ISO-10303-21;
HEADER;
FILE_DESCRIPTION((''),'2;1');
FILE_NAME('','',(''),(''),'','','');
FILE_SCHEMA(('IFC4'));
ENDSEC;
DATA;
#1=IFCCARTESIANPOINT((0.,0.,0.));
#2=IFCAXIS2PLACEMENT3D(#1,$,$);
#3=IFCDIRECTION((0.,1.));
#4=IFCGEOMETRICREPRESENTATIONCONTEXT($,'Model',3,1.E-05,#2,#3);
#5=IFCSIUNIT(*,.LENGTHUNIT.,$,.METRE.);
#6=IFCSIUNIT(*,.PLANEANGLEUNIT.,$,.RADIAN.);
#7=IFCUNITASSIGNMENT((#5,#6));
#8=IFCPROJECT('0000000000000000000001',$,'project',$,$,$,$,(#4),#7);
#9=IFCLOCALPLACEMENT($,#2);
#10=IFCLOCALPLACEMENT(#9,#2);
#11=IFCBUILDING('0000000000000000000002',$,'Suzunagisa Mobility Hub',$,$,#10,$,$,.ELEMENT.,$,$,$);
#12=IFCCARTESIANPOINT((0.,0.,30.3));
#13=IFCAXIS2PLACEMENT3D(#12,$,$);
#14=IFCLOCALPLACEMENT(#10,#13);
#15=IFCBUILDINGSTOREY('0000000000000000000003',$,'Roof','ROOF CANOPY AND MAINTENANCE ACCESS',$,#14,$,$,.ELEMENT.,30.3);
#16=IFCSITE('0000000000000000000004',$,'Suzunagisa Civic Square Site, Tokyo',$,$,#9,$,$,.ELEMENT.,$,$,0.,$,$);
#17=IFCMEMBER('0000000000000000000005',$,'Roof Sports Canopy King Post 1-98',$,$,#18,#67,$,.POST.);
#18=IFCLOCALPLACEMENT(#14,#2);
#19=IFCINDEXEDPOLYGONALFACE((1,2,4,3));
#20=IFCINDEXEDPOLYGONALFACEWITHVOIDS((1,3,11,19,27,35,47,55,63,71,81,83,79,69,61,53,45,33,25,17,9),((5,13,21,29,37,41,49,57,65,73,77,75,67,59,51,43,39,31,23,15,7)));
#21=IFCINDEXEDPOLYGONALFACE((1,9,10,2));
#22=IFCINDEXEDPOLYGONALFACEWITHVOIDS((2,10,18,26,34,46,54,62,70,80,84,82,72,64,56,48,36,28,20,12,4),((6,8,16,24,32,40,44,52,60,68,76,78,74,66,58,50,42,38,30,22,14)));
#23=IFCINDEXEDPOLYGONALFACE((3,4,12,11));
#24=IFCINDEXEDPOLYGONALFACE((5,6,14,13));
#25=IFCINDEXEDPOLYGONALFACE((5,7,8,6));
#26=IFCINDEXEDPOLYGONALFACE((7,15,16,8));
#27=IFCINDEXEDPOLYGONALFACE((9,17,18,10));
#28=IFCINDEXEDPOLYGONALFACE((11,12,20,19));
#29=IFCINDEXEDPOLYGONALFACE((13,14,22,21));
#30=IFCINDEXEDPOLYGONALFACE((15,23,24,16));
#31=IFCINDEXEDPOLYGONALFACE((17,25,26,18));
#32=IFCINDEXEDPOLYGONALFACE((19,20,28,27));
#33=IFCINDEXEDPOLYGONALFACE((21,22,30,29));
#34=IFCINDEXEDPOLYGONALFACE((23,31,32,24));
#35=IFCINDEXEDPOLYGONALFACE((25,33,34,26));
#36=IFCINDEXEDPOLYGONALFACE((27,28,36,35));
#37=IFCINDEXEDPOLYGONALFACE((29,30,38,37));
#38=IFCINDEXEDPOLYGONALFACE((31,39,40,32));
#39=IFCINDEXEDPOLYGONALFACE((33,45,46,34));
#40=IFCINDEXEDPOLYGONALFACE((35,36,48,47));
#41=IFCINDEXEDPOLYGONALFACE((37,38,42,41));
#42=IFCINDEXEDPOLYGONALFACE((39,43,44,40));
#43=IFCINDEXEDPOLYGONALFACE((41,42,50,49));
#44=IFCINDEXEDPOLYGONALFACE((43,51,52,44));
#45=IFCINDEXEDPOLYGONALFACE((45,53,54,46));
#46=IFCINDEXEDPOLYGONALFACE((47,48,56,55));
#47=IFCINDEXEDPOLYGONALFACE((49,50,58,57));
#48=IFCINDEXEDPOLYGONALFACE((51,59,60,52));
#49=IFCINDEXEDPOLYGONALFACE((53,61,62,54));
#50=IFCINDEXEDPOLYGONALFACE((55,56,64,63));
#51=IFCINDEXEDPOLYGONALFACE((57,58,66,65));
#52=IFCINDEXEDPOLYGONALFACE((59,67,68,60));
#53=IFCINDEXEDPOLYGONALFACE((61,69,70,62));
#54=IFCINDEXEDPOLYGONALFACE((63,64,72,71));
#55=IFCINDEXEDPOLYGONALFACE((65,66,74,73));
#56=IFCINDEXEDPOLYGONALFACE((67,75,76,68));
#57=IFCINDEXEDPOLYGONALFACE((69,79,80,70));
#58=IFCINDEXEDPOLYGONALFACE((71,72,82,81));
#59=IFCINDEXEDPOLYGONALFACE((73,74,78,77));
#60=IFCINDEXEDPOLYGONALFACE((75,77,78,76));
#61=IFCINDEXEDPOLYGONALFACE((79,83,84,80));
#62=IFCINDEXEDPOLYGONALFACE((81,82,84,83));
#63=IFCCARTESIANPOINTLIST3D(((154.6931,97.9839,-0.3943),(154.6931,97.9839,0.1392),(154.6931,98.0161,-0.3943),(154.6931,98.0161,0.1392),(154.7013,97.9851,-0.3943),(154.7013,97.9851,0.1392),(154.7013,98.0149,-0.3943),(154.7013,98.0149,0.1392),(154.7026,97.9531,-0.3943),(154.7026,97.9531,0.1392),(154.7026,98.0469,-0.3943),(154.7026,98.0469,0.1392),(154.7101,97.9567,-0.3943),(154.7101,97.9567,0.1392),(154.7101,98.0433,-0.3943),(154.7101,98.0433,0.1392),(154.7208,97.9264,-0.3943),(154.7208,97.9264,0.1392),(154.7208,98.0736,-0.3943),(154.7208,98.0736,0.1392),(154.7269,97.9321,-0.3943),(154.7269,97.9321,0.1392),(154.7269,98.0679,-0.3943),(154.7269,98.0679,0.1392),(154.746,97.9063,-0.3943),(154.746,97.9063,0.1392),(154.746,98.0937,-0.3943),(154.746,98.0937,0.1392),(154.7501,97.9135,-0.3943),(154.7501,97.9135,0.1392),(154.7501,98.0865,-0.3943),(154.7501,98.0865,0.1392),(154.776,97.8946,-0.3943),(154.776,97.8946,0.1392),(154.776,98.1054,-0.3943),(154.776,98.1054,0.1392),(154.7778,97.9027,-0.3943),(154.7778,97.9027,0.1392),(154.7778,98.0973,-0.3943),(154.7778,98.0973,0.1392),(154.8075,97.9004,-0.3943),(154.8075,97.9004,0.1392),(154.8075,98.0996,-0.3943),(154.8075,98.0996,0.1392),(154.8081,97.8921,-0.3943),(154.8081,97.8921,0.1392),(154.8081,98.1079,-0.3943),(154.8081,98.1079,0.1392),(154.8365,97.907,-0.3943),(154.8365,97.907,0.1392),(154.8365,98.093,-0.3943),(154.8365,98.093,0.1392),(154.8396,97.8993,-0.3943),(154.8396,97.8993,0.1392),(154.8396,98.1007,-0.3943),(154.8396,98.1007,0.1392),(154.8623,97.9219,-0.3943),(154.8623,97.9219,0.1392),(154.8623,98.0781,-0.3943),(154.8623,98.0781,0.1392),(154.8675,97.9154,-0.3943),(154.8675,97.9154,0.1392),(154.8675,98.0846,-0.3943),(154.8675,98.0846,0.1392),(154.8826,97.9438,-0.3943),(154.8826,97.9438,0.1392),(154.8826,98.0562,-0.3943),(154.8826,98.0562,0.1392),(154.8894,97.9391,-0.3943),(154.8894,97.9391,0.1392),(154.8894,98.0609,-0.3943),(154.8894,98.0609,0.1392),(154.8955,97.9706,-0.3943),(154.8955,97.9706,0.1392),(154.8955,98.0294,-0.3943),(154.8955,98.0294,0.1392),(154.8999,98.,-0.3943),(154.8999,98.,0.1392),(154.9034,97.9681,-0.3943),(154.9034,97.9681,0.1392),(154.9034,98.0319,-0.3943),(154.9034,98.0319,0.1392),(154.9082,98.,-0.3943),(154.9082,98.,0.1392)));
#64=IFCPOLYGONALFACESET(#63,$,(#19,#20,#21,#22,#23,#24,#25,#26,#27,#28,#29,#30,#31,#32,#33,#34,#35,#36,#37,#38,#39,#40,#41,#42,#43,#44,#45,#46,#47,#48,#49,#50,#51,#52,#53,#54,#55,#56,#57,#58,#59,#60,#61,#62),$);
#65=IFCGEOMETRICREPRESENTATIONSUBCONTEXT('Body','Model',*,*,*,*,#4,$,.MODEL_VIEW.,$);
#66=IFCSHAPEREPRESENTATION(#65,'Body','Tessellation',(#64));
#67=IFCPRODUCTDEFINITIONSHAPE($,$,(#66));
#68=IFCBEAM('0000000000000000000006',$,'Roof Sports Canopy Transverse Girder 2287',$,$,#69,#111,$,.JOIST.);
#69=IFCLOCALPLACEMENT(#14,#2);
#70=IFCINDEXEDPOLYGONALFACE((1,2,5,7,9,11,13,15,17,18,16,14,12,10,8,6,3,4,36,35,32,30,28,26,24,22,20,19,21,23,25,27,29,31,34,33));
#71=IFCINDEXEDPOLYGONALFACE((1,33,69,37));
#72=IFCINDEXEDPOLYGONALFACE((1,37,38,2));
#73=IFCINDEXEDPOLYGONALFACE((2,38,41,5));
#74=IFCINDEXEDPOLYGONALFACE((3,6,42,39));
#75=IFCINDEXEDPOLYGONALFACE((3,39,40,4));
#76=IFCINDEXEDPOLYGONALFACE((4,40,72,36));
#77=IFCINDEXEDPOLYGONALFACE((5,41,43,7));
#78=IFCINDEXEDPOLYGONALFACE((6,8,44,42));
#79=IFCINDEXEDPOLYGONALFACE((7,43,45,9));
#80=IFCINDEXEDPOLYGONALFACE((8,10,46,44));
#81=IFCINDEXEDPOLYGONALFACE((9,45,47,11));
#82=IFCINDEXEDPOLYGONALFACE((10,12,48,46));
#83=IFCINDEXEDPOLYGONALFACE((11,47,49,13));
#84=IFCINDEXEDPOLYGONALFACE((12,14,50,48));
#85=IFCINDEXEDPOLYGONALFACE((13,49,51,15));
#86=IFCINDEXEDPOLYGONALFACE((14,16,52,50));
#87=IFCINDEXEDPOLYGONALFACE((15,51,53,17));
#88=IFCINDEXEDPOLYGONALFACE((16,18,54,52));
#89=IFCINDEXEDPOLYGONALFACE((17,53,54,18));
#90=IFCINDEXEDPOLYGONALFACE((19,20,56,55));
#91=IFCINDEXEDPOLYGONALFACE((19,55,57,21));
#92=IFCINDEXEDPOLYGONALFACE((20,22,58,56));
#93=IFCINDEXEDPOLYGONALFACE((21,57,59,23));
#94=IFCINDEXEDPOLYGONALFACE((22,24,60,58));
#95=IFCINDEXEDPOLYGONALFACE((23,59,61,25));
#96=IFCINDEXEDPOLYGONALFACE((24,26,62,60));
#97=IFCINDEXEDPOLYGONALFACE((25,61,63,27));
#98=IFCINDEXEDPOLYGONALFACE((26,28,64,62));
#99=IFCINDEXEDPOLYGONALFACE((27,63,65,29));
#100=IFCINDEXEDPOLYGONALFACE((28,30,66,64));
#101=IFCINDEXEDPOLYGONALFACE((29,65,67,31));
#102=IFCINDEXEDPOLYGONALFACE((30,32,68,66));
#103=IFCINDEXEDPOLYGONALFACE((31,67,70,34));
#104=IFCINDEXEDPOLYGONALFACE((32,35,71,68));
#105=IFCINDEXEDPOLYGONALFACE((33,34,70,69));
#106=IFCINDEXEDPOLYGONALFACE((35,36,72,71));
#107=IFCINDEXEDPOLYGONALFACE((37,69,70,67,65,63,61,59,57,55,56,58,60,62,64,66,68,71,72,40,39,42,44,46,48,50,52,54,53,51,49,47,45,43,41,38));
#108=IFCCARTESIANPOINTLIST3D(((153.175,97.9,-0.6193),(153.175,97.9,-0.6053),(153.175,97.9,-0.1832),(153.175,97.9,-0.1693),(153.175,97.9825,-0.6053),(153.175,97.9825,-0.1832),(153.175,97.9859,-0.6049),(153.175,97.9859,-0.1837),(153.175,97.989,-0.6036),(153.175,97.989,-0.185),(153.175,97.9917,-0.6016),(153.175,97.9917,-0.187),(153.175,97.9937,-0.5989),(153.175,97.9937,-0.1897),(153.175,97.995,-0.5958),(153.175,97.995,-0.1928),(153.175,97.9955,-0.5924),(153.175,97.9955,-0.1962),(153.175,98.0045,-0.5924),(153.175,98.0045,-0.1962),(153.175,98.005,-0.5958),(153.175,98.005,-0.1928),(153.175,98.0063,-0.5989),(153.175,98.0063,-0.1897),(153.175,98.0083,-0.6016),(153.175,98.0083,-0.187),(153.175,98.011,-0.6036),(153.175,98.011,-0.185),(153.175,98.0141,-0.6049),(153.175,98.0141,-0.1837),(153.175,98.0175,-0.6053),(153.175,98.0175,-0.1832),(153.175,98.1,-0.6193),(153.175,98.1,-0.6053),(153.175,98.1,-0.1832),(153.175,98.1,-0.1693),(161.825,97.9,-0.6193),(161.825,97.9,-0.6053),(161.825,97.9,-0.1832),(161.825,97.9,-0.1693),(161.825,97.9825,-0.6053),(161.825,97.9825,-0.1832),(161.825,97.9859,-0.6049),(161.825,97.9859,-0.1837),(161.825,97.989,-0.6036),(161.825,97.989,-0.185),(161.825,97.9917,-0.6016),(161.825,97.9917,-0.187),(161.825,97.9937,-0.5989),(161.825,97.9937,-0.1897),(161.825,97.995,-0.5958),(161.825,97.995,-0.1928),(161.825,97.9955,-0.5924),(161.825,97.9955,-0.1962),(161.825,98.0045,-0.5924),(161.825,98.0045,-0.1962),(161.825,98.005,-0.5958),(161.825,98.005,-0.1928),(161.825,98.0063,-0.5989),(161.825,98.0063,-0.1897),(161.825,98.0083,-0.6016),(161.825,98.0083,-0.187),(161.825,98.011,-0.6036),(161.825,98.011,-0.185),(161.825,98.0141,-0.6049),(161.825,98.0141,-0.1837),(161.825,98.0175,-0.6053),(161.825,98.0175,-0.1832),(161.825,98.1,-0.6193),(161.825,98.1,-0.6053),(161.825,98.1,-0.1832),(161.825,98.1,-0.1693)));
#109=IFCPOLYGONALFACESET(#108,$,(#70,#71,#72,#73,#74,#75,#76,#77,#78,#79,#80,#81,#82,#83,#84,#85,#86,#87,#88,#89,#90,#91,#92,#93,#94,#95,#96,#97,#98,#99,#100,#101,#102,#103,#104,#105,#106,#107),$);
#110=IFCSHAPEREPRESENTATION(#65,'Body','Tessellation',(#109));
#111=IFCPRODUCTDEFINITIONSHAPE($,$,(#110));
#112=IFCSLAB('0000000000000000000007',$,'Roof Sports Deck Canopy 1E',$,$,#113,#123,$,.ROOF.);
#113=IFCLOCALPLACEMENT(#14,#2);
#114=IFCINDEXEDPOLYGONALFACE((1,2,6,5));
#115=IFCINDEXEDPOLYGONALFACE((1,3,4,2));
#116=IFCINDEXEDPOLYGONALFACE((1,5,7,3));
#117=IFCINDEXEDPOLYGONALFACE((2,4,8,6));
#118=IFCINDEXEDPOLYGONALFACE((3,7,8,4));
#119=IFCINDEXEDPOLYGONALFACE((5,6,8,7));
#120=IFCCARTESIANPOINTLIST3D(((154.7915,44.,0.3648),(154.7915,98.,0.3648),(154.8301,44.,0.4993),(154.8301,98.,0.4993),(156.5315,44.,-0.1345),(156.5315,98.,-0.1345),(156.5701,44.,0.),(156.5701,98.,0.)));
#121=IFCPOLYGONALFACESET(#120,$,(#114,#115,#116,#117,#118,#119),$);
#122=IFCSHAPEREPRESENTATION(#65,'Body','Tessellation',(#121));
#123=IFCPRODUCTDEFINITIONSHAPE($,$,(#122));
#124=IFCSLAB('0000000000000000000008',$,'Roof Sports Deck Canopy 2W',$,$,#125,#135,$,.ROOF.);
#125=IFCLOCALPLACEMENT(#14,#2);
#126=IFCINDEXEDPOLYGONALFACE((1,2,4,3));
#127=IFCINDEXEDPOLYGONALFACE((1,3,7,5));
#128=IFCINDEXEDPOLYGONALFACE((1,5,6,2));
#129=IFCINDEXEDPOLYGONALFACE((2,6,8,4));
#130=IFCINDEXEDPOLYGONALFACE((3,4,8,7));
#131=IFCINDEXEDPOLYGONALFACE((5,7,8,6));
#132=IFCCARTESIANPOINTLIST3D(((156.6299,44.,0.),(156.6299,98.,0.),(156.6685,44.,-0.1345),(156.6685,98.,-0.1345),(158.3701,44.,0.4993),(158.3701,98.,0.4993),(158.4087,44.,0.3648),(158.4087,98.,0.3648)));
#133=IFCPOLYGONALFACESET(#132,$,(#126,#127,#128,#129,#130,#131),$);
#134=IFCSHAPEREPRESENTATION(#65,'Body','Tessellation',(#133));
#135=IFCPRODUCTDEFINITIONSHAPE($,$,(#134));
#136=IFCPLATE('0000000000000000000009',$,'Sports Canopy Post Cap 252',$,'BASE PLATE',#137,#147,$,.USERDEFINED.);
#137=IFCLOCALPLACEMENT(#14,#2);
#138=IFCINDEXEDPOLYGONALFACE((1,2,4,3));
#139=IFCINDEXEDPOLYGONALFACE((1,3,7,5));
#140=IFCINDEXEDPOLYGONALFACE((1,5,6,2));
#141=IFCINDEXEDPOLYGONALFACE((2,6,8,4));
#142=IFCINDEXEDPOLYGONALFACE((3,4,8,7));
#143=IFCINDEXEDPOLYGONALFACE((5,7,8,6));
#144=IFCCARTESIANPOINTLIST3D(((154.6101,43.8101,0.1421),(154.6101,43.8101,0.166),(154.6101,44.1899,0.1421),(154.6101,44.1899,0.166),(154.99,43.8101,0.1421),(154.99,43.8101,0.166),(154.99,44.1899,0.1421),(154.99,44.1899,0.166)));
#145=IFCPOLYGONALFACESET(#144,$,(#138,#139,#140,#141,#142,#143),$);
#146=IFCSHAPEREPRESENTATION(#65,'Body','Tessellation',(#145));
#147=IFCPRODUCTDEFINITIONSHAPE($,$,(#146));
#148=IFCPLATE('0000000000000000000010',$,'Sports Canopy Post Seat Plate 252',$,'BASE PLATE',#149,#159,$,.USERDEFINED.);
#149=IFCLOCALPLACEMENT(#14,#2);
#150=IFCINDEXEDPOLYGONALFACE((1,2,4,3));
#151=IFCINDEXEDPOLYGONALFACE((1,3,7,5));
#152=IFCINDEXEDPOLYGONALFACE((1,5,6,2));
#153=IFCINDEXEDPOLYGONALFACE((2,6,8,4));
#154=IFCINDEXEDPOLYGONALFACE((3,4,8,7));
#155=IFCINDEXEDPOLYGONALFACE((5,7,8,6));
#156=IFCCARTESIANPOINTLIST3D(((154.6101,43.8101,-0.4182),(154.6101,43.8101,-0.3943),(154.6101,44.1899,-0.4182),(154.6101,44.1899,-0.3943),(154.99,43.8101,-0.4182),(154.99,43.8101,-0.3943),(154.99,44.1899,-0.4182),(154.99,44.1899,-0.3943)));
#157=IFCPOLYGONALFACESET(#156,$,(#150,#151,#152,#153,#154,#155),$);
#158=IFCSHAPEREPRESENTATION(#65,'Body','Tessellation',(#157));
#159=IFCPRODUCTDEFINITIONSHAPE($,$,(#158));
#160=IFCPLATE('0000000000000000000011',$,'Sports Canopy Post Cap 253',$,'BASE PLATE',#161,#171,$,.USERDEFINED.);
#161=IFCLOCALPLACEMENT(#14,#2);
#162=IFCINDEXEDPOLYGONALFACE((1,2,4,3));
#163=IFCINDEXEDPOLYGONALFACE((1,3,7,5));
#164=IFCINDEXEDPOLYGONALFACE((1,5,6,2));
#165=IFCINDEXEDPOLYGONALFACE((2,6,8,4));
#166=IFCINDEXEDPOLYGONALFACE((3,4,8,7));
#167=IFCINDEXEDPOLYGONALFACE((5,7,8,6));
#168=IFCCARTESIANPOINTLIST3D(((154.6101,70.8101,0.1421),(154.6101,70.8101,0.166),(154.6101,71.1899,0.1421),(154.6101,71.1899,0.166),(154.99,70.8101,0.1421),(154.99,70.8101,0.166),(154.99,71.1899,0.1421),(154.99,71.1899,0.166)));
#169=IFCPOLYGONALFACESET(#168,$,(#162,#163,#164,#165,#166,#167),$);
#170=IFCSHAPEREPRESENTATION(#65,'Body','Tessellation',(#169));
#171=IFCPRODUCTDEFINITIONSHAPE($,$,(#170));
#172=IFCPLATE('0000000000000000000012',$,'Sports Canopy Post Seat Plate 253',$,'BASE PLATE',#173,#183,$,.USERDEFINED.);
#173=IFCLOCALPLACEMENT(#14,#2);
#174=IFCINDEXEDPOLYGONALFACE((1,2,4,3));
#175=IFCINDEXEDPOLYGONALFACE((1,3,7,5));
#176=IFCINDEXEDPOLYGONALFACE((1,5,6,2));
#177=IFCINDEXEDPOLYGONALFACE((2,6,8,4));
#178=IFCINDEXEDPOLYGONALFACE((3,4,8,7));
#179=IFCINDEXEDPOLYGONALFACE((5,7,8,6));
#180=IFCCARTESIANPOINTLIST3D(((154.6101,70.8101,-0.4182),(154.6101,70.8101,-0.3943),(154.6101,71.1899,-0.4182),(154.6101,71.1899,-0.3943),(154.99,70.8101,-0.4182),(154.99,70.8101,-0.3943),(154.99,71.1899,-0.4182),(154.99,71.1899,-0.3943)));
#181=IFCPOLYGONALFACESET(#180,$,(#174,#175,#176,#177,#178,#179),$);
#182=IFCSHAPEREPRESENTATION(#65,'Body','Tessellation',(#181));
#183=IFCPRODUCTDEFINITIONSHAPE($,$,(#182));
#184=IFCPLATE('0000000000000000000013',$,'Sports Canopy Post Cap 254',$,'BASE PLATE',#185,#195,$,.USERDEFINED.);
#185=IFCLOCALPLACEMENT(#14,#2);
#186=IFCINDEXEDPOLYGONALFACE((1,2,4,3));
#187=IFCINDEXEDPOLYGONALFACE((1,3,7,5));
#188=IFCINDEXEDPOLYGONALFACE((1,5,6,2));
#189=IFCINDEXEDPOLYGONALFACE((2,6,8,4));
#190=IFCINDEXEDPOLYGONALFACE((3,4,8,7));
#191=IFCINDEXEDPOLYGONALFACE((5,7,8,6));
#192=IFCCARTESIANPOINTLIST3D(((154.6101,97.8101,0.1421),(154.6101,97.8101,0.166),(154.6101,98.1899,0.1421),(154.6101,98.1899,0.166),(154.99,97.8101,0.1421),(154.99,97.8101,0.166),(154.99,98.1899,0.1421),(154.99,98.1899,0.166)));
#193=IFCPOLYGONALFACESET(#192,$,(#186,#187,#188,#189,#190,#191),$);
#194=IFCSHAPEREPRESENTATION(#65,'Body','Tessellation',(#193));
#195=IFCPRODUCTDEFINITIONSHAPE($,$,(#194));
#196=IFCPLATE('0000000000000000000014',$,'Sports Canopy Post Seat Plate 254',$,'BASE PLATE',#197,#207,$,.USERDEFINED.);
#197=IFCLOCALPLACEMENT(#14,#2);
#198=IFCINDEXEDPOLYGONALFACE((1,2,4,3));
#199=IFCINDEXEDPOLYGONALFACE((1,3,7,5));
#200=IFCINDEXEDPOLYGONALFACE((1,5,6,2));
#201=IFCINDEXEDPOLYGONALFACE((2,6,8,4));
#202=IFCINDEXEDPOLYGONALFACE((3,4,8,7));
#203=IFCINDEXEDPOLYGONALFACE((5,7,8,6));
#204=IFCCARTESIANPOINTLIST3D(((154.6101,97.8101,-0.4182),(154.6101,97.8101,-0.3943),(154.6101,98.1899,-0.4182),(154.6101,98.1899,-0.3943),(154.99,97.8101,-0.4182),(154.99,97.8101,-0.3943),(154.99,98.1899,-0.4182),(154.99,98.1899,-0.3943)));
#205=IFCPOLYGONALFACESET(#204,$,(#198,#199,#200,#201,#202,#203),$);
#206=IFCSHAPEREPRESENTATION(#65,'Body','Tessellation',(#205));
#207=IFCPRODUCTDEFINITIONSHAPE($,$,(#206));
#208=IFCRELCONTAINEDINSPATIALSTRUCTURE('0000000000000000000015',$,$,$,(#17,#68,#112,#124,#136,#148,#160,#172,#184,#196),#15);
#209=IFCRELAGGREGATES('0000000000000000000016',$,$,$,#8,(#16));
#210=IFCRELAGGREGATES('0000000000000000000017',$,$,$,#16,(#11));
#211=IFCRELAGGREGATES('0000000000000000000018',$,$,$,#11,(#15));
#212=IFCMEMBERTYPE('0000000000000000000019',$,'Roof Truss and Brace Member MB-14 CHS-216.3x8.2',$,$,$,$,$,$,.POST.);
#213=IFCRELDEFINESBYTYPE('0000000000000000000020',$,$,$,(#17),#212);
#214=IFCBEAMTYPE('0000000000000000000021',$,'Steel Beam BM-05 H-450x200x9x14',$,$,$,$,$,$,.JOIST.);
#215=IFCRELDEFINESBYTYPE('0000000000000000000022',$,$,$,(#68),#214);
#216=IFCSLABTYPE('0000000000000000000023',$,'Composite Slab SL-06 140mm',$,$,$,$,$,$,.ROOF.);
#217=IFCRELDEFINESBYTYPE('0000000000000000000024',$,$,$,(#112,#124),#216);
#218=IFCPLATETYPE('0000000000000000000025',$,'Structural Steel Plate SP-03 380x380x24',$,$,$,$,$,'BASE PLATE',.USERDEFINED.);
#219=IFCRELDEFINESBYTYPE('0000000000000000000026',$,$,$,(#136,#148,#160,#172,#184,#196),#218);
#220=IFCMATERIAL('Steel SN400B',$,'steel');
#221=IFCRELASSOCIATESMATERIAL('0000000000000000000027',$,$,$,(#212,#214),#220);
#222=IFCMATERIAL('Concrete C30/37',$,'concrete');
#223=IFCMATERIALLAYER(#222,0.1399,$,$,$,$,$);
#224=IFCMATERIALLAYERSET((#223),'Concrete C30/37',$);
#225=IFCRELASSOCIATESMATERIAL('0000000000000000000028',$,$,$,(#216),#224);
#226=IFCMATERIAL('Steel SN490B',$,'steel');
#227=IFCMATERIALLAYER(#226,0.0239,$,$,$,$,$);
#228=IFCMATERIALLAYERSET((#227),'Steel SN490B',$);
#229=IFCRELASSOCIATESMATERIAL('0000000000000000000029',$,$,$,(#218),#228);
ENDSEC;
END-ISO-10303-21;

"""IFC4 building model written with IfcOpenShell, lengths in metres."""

from ifc_helpers import new_model, si_unit, direction, frame, origin, origin_2d, place, context, subcontext, project, spatial, polyline, rectangle, hollow_circle, i_section, outline, extrude, material, layer, layer_set, material_profile, profile_set, type_object, element, save


model = new_model("IFC4")

# Units and contexts
model_context = context("Model", 3, precision=1e-05, world=origin(), true_north=direction((0.0, 1.0)))
body_context = subcontext(model_context, "Body", "Model", "MODEL_VIEW")
ifc_project = project(units=[si_unit("LENGTHUNIT", "METRE"), si_unit("PLANEANGLEUNIT", "RADIAN")], contexts=[model_context])

# Site, building, storey
site_placement = place(None, origin())
site = spatial("IfcSite", under=ifc_project, at=site_placement, Name="Suzunagisa Civic Square Site, Tokyo", CompositionType="ELEMENT", RefElevation=0.0)
building_placement = place(site_placement, origin())
building = spatial("IfcBuilding", under=site, at=building_placement, Name="Suzunagisa Mobility Hub", CompositionType="ELEMENT")
storey_placement = place(building_placement, frame((0.0, 0.0, 30.3)))
storey = spatial("IfcBuildingStorey", under=building, at=storey_placement, Name="Roof", Description="ROOF CANOPY AND MAINTENANCE ACCESS", CompositionType="ELEMENT", Elevation=30.3)

# Member
ifc_material_1 = material(Name="Steel SN400B", Category="steel")
ifc_material_profile_1 = material_profile(ifc_material_1, hollow_circle(Radius=0.1082, WallThickness=0.0083, at=origin_2d()), Name="CHS-216.3x8.2")
ifc_profile_set_1 = profile_set([ifc_material_profile_1], Name="Steel SN400B")
member_type_1 = type_object("IfcMemberType", Name="Roof Truss and Brace Member MB-14 CHS-216.3x8.2", PredefinedType="POST", material=ifc_profile_set_1)
for number, where, z_axis, x_axis, name in (
    (1, (154.8, 98.0, -0.3943), (0.0, 0.0, 1.0), (1.0, 0.0, 0.0), "Roof Sports Canopy King Post 1-98"),
):
    element("IfcMember", number, at=place(storey_placement, frame(where, z_axis=z_axis, x_axis=x_axis)), inside=storey, type_object=member_type_1, Name=name, PredefinedType="POST", context=body_context, shape_type="SweptSolid", body=[
        extrude(hollow_circle(Radius=0.1082, WallThickness=0.0083, at=origin_2d()), origin(), (0.0, 0.0, 1.0), 0.5334),
    ])

# Beam
ifc_material_profile_2 = material_profile(ifc_material_1, i_section(OverallWidth=0.2, OverallDepth=0.45, WebThickness=0.009, FlangeThickness=0.0139, FilletRadius=0.0129, at=origin_2d()), Name="H-450x200x9x14")
ifc_profile_set_2 = profile_set([ifc_material_profile_2], Name="Steel SN400B")
beam_type = type_object("IfcBeamType", Name="Steel Beam BM-05 H-450x200x9x14", PredefinedType="JOIST", material=ifc_profile_set_2)
beam_placement = place(storey_placement, frame((153.175, 98.0, -0.3943), z_axis=(1.0, 0.0, 0.0), x_axis=(0.0, 1.0, 0.0)))
element("IfcBeam", 2, at=beam_placement, inside=storey, type_object=beam_type, Name="Roof Sports Canopy Transverse Girder 2287", PredefinedType="JOIST", context=body_context, shape_type="SweptSolid", body=[
    extrude(i_section(OverallWidth=0.2, OverallDepth=0.45, WebThickness=0.009, FlangeThickness=0.0139, FilletRadius=0.0129, at=origin_2d()), origin(), (0.0, 0.0, 1.0), 8.6499),
])

# Slabs
ifc_material_2 = material(Name="Concrete C30/37", Category="concrete")
ifc_layer_1 = layer(ifc_material_2, 0.1399)
ifc_layer_set_1 = layer_set([ifc_layer_1], Name="Concrete C30/37")
slab_type = type_object("IfcSlabType", Name="Composite Slab SL-06 140mm", PredefinedType="ROOF", material=ifc_layer_set_1)
slab_1_placement = place(storey_placement, frame((154.8301, 44.0, 0.4993), z_axis=(0.275808, 0.0, 0.961213), x_axis=(0.961213, 0.0, -0.275808)))
element("IfcSlab", 3, at=slab_1_placement, inside=storey, type_object=slab_type, Name="Roof Sports Deck Canopy 1E", PredefinedType="ROOF", context=body_context, shape_type="SweptSolid", body=[
    extrude(outline(polyline([(0.0, 0.0), (1.8102, 0.0), (1.8102, 54.0), (0.0, 54.0), (0.0, 0.0)])), origin(), (0.0, 0.0, -1.0), 0.1399),
])
slab_2_placement = place(storey_placement, frame((156.6299, 44.0, 0.0), z_axis=(-0.275772, 0.0, 0.961223), x_axis=(0.961223, 0.0, 0.275772)))
element("IfcSlab", 4, at=slab_2_placement, inside=storey, type_object=slab_type, Name="Roof Sports Deck Canopy 2W", PredefinedType="ROOF", context=body_context, shape_type="SweptSolid", body=[
    extrude(outline(polyline([(0.0, 0.0), (1.8104, 0.0), (1.8104, 54.0), (0.0, 54.0), (0.0, 0.0)])), origin(), (0.0, 0.0, -1.0), 0.1399),
])

# Plates
ifc_material_3 = material(Name="Steel SN490B", Category="steel")
ifc_layer_2 = layer(ifc_material_3, 0.0239)
ifc_layer_set_2 = layer_set([ifc_layer_2], Name="Steel SN490B")
plate_type = type_object("IfcPlateType", Name="Structural Steel Plate SP-03 380x380x24", ElementType="BASE PLATE", PredefinedType="USERDEFINED", material=ifc_layer_set_2)
for number, where, z_axis, x_axis, name in (
    (5, (154.8, 44.0, 0.1421), (0.0, 0.0, 1.0), (1.0, 0.0, 0.0), "Sports Canopy Post Cap 252"),
    (6, (154.8, 44.0, -0.4182), (0.0, 0.0, 1.0), (1.0, 0.0, 0.0), "Sports Canopy Post Seat Plate 252"),
    (7, (154.8, 71.0, 0.1421), (0.0, 0.0, 1.0), (1.0, 0.0, 0.0), "Sports Canopy Post Cap 253"),
    (8, (154.8, 71.0, -0.4182), (0.0, 0.0, 1.0), (1.0, 0.0, 0.0), "Sports Canopy Post Seat Plate 253"),
    (9, (154.8, 98.0, 0.1421), (0.0, 0.0, 1.0), (1.0, 0.0, 0.0), "Sports Canopy Post Cap 254"),
    (10, (154.8, 98.0, -0.4182), (0.0, 0.0, 1.0), (1.0, 0.0, 0.0), "Sports Canopy Post Seat Plate 254"),
):
    element("IfcPlate", number, at=place(storey_placement, frame(where, z_axis=z_axis, x_axis=x_axis)), inside=storey, type_object=plate_type, Name=name, ObjectType="BASE PLATE", PredefinedType="USERDEFINED", context=body_context, shape_type="SweptSolid", body=[
        extrude(rectangle(XDim=0.3799, YDim=0.3799, at=origin_2d()), origin(), (0.0, 0.0, 1.0), 0.0239),
    ])

save(model, "model.ifc")
